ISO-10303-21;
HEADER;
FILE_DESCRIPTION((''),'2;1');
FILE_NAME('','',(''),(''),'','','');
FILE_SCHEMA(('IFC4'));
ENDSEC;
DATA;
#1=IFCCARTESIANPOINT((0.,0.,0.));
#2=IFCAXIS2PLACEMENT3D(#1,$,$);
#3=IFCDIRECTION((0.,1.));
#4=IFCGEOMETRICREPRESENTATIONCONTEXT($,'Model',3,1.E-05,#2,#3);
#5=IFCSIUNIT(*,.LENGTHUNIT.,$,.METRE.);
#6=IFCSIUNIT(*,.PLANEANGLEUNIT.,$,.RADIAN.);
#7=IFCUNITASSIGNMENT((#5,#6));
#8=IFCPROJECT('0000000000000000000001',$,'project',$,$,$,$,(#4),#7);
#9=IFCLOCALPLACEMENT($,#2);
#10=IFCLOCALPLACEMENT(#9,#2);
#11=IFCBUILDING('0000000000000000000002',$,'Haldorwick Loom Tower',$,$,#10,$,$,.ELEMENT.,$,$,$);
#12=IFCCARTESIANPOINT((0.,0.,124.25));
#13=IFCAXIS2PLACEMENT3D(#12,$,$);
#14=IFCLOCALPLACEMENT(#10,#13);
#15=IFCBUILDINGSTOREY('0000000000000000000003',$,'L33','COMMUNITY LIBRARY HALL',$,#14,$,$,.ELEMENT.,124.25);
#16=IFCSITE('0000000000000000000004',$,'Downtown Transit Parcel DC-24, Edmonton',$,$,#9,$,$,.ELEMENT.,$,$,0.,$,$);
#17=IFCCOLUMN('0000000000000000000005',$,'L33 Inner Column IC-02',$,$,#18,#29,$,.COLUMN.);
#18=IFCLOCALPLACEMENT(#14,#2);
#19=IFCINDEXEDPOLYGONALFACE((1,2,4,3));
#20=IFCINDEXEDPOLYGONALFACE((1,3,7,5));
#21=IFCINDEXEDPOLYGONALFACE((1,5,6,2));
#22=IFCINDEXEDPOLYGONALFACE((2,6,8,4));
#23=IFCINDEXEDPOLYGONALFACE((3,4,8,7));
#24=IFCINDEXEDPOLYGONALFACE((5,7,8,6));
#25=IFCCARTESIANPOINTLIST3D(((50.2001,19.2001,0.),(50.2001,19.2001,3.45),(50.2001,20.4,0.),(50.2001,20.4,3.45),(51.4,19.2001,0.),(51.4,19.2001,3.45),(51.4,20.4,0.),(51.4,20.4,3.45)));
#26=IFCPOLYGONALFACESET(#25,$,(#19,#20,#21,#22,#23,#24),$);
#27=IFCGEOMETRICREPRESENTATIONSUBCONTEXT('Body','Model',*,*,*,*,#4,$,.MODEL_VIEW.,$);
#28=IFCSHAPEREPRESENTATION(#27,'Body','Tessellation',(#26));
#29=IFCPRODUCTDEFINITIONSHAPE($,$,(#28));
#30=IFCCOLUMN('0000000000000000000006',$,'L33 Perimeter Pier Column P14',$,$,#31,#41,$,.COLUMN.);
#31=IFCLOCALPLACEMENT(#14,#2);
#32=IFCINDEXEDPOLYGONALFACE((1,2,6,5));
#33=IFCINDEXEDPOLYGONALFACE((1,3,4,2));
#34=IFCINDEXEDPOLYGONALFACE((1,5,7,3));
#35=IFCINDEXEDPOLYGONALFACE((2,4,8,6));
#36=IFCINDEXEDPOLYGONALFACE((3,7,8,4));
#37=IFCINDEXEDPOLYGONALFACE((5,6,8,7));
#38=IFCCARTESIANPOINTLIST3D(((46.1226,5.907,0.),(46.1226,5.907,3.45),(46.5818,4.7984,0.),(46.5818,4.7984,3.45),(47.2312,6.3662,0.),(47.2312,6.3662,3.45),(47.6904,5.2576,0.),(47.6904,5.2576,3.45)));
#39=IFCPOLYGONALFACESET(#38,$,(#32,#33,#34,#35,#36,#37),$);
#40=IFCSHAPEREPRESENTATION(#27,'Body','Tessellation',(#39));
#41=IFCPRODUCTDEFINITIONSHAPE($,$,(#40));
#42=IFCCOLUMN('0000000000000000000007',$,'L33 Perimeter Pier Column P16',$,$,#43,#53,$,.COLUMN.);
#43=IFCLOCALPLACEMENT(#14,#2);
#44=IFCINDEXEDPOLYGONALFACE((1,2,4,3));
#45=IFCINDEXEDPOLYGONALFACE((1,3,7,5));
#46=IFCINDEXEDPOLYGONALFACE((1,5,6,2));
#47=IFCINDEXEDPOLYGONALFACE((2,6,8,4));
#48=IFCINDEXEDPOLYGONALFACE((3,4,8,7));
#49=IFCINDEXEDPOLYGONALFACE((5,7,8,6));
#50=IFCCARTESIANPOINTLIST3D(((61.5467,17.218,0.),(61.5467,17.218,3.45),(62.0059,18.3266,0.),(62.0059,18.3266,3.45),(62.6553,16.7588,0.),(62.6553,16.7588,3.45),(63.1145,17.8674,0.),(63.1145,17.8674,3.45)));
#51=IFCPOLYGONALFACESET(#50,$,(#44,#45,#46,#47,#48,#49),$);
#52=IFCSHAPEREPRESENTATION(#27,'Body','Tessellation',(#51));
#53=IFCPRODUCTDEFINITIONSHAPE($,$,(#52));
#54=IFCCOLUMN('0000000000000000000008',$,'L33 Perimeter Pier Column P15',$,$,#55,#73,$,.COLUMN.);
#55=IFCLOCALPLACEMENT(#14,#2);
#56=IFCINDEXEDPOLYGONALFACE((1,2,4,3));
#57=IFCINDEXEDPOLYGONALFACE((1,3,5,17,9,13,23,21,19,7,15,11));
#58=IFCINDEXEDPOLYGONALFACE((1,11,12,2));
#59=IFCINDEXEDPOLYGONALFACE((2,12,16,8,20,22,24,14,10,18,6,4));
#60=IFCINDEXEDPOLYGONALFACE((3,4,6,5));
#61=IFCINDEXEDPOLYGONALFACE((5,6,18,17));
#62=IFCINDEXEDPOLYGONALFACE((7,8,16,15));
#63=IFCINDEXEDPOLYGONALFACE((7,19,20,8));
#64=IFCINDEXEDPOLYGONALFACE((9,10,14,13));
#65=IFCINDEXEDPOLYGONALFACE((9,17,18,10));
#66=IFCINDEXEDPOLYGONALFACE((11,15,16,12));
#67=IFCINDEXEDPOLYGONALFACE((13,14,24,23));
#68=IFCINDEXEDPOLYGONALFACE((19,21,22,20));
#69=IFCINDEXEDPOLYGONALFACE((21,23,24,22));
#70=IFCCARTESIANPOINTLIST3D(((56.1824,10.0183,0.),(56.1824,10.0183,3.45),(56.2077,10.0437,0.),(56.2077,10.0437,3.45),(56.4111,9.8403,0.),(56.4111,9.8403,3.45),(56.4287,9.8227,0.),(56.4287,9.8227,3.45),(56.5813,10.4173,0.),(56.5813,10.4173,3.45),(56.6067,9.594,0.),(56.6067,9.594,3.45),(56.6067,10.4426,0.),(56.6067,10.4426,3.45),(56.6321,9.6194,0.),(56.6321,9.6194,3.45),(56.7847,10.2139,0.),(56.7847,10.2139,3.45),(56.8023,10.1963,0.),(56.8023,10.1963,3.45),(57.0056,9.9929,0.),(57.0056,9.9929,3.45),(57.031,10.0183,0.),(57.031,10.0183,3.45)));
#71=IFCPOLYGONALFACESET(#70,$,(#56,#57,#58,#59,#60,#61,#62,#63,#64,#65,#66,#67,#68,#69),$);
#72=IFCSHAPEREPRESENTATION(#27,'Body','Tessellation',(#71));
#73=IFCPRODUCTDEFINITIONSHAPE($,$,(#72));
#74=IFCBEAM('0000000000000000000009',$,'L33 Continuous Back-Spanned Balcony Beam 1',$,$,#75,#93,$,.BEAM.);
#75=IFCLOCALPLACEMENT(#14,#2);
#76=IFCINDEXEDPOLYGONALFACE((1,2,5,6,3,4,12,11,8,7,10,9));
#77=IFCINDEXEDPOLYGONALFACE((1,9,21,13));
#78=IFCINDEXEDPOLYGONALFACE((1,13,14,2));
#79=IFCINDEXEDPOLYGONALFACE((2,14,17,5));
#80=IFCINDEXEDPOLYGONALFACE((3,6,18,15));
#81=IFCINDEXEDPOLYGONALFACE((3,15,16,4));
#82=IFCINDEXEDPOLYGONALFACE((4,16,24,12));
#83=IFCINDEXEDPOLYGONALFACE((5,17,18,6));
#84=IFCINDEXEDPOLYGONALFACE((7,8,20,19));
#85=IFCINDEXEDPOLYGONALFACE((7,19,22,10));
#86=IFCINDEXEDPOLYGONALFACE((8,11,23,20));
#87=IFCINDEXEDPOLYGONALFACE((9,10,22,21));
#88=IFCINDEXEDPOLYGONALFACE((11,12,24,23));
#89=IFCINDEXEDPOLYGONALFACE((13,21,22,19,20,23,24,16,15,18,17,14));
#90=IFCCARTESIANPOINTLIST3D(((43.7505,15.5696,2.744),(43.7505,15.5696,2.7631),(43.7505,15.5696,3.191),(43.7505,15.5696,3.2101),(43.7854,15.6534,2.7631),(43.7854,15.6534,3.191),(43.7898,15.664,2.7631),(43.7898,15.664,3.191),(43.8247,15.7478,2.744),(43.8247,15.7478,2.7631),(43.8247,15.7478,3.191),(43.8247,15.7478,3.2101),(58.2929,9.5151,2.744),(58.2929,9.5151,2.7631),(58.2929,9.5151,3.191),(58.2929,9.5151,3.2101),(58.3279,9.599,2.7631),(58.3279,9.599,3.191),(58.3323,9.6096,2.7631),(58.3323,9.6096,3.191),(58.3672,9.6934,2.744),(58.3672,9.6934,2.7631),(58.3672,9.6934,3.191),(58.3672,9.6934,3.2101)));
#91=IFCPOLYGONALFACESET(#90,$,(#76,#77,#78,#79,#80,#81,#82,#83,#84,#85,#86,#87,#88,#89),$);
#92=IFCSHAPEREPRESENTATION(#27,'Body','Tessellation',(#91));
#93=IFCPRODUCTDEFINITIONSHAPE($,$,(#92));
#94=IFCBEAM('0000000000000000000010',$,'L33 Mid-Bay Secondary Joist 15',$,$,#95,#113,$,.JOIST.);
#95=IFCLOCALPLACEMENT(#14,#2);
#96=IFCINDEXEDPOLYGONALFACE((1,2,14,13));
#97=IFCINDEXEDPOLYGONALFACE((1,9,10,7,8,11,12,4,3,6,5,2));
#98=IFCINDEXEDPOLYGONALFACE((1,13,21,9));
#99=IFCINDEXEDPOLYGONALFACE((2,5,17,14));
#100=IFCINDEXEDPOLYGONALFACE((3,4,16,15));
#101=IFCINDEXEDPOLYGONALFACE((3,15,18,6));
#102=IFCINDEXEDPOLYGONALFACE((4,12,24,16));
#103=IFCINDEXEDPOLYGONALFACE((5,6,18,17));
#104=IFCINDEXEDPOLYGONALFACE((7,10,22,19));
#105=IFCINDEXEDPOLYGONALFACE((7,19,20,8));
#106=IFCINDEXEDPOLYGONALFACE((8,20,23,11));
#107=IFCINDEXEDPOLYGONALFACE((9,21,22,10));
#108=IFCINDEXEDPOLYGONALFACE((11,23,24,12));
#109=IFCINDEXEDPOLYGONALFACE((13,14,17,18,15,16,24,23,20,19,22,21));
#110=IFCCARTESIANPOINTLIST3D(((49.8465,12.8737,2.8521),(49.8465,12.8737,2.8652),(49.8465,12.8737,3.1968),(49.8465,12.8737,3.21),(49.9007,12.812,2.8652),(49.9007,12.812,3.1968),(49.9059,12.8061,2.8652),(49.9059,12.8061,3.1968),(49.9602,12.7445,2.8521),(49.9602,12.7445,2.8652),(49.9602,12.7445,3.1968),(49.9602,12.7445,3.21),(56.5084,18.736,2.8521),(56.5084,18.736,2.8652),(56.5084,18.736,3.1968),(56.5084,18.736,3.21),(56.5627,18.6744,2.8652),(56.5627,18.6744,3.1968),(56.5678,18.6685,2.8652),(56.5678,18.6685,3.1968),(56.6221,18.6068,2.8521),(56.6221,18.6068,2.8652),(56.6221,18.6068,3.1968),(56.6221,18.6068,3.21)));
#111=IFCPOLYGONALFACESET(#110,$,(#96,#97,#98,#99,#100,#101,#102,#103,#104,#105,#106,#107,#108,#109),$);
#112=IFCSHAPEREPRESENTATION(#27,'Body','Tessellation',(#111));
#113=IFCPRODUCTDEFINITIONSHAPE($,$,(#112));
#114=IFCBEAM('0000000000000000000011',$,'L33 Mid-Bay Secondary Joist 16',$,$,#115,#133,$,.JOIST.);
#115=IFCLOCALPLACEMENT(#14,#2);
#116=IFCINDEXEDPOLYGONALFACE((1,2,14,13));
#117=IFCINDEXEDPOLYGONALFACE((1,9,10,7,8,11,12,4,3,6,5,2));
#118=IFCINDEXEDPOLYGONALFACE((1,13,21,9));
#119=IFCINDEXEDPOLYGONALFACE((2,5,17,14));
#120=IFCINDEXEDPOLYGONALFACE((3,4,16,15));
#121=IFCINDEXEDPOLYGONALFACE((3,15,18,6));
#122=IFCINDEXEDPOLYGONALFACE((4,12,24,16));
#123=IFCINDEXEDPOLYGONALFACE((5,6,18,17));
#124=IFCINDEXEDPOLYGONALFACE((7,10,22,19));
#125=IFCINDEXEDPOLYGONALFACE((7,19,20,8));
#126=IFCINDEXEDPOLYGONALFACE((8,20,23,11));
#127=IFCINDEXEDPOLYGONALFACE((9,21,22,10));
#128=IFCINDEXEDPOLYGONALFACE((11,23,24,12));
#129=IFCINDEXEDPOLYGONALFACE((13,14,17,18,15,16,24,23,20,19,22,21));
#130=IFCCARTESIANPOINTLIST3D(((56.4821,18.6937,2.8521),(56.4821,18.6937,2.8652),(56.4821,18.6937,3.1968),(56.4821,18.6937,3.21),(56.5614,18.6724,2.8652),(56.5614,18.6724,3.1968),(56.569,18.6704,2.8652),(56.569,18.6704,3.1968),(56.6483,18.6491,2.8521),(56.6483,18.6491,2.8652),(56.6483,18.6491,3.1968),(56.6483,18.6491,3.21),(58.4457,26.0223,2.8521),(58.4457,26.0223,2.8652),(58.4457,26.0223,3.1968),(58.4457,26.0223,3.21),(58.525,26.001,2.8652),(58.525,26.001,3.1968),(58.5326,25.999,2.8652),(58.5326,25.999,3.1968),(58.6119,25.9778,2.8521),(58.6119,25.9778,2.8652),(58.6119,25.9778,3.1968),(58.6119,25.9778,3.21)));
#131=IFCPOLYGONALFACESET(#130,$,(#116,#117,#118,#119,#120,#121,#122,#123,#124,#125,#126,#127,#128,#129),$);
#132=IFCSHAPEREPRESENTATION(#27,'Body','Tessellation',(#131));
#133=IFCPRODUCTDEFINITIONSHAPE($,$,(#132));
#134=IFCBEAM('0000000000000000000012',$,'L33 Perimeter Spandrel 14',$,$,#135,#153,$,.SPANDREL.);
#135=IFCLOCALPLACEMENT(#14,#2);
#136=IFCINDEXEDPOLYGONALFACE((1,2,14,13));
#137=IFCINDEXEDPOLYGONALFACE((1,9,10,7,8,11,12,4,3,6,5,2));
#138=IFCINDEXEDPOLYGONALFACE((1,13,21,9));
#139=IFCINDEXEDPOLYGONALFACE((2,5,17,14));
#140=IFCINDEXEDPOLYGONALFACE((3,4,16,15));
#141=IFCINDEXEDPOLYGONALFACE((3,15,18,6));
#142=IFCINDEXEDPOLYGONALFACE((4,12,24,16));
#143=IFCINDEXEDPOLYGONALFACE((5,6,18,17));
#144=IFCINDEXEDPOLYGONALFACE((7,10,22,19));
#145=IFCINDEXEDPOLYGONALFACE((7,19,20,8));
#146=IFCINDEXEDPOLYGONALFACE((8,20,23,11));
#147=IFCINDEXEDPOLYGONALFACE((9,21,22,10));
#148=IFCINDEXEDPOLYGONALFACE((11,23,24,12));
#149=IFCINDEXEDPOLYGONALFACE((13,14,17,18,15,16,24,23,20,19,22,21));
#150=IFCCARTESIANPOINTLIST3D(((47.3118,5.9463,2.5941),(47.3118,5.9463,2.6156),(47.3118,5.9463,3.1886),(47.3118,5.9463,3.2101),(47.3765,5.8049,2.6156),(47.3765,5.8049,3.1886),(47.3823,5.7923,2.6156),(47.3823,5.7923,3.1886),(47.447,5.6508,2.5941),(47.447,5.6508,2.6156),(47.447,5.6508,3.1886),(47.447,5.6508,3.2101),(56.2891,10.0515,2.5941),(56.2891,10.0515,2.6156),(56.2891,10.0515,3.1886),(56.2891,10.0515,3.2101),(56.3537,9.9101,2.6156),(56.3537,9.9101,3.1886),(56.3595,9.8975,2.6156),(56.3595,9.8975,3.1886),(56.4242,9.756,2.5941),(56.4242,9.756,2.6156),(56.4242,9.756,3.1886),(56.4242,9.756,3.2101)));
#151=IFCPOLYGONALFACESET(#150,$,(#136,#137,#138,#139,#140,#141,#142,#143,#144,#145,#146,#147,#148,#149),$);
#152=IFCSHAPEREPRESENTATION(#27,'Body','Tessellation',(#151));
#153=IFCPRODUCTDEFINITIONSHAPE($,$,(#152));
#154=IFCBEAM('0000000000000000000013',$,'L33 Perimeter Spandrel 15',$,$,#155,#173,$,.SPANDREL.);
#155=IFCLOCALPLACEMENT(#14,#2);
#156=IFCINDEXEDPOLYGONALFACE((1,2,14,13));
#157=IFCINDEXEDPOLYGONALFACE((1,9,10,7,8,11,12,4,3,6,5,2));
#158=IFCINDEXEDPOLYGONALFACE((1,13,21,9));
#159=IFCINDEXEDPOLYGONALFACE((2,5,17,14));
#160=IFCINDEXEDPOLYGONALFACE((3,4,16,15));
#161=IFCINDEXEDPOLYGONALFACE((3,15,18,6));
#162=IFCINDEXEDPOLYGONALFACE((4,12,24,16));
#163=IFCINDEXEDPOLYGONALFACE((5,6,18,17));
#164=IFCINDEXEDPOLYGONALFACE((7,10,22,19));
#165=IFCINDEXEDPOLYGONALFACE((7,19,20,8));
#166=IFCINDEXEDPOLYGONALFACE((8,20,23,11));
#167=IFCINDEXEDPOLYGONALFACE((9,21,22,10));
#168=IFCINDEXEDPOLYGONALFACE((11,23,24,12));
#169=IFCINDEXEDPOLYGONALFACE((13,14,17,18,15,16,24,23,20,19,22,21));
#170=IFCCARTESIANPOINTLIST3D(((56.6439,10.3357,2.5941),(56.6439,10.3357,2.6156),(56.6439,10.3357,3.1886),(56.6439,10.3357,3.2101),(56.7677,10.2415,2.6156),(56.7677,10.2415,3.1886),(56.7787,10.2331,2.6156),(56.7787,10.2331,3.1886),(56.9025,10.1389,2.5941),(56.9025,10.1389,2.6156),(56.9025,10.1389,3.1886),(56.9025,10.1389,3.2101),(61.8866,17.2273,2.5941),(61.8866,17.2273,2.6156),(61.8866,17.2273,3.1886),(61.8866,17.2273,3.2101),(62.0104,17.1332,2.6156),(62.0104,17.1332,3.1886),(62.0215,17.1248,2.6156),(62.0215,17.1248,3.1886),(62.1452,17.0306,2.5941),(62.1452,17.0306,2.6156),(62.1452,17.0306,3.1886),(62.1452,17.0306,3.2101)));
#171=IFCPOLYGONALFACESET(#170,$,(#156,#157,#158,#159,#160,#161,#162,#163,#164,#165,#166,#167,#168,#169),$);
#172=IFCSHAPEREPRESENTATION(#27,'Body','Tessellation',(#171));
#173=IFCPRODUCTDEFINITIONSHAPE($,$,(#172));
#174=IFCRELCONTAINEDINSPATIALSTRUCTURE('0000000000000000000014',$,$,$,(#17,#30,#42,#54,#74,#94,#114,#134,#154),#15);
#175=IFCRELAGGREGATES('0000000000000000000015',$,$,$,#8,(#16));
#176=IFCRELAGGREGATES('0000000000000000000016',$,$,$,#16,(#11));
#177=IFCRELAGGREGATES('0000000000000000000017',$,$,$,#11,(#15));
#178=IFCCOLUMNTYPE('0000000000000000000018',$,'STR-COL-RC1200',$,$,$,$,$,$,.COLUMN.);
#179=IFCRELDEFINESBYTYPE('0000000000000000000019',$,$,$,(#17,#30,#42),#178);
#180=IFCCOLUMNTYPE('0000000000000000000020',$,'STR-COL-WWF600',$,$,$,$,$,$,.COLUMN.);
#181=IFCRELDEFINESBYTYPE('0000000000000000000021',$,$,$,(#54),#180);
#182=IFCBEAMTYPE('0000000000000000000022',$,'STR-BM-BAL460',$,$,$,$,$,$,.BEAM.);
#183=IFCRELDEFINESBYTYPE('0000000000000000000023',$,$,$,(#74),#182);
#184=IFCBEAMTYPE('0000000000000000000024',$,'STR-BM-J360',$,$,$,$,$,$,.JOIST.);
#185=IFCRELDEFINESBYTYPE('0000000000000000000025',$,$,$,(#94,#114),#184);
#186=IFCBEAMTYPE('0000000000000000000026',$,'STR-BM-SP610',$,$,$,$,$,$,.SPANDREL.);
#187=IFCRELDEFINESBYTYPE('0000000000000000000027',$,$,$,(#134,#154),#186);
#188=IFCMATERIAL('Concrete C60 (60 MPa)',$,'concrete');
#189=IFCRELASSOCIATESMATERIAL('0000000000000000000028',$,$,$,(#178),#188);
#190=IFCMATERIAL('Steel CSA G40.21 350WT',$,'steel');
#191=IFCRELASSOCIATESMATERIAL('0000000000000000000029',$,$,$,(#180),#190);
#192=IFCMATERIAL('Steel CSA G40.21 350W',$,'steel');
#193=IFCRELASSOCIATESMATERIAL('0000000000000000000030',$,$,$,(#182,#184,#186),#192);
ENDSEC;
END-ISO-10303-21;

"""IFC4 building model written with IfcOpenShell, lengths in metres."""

from ifc_helpers import new_model, si_unit, direction, frame, origin, origin_2d, place, context, subcontext, project, spatial, rectangle, i_section, extrude, material, material_profile, profile_set, type_object, element, save


model = new_model("IFC4")

# Units and contexts
model_context = context("Model", 3, precision=1e-05, world=origin(), true_north=direction((0.0, 1.0)))
body_context = subcontext(model_context, "Body", "Model", "MODEL_VIEW")
ifc_project = project(units=[si_unit("LENGTHUNIT", "METRE"), si_unit("PLANEANGLEUNIT", "RADIAN")], contexts=[model_context])

# Site, building, storey
site_placement = place(None, origin())
site = spatial("IfcSite", under=ifc_project, at=site_placement, Name="Downtown Transit Parcel DC-24, Edmonton", CompositionType="ELEMENT", RefElevation=0.0)
building_placement = place(site_placement, origin())
building = spatial("IfcBuilding", under=site, at=building_placement, Name="Haldorwick Loom Tower", CompositionType="ELEMENT")
storey_placement = place(building_placement, frame((0.0, 0.0, 124.25)))
storey = spatial("IfcBuildingStorey", under=building, at=storey_placement, Name="L33", Description="COMMUNITY LIBRARY HALL", CompositionType="ELEMENT", Elevation=124.25)

# Columns
ifc_material_1 = material(Name="Concrete C60 (60 MPa)", Category="concrete")
ifc_material_profile_1 = material_profile(ifc_material_1, rectangle(XDim=1.2, YDim=1.2, at=origin_2d()), Name="RC1200X1200", Category="concrete")
ifc_profile_set_1 = profile_set([ifc_material_profile_1], Name="Concrete C60 (60 MPa)")
column_type_1 = type_object("IfcColumnType", Name="STR-COL-RC1200", PredefinedType="COLUMN", material=ifc_profile_set_1)
for number, where, z_axis, x_axis, name in (
    (1, (50.8, 19.8, 0.0), (0.0, 0.0, 1.0), (1.0, 0.0, 0.0), "L33 Inner Column IC-02"),
    (2, (46.9065, 5.5823, 0.0), (0.0, 0.0, 1.0), (0.382683, -0.92388, 0.0), "L33 Perimeter Pier Column P14"),
    (3, (62.3306, 17.5427, 0.0), (0.0, 0.0, 1.0), (0.92388, -0.382683, 0.0), "L33 Perimeter Pier Column P16"),
):
    element("IfcColumn", number, at=place(storey_placement, frame(where, z_axis=z_axis, x_axis=x_axis)), inside=storey, type_object=column_type_1, Name=name, PredefinedType="COLUMN", context=body_context, shape_type="SweptSolid", body=[
        extrude(rectangle(XDim=1.2, YDim=1.2, at=origin_2d()), origin(), (0.0, 0.0, 1.0), 3.45),
    ])
ifc_material_2 = material(Name="Steel CSA G40.21 350WT", Category="steel")
ifc_material_profile_2 = material_profile(ifc_material_2, i_section(OverallWidth=0.6001, OverallDepth=0.6001, WebThickness=0.0249, FlangeThickness=0.0359, at=origin_2d()), Name="WWF600X600", Category="steel")
ifc_profile_set_2 = profile_set([ifc_material_profile_2], Name="Steel CSA G40.21 350WT")
column_type_2 = type_object("IfcColumnType", Name="STR-COL-WWF600", PredefinedType="COLUMN", material=ifc_profile_set_2)
column_placement = place(storey_placement, frame((56.6067, 10.0183, 0.0), z_axis=(0.0, 0.0, 1.0), x_axis=(0.707107, -0.707107, 0.0)))
element("IfcColumn", 4, at=column_placement, inside=storey, type_object=column_type_2, Name="L33 Perimeter Pier Column P15", PredefinedType="COLUMN", context=body_context, shape_type="SweptSolid", body=[
    extrude(i_section(OverallWidth=0.6001, OverallDepth=0.6001, WebThickness=0.0249, FlangeThickness=0.0359, at=origin_2d()), origin(), (0.0, 0.0, 1.0), 3.45),
])

# Beams
ifc_material_3 = material(Name="Steel CSA G40.21 350W", Category="steel")
ifc_material_profile_3 = material_profile(ifc_material_3, i_section(OverallWidth=0.1931, OverallDepth=0.4661, WebThickness=0.0115, FlangeThickness=0.019, at=origin_2d()), Name="W460X97", Category="steel")
ifc_profile_set_3 = profile_set([ifc_material_profile_3], Name="Steel CSA G40.21 350W")
beam_type_1 = type_object("IfcBeamType", Name="STR-BM-BAL460", PredefinedType="BEAM", material=ifc_profile_set_3)
beam_1_placement = place(storey_placement, frame((43.7876, 15.6587, 2.9771), z_axis=(0.923188, -0.384349, 0.0), x_axis=(0.384349, 0.923188, 0.0)))
element("IfcBeam", 5, at=beam_1_placement, inside=storey, type_object=beam_type_1, Name="L33 Continuous Back-Spanned Balcony Beam 1", PredefinedType="BEAM", context=body_context, shape_type="SweptSolid", body=[
    extrude(i_section(OverallWidth=0.1931, OverallDepth=0.4661, WebThickness=0.0115, FlangeThickness=0.019, at=origin_2d()), origin(), (0.0, 0.0, 1.0), 15.7524),
])
ifc_material_profile_4 = material_profile(ifc_material_3, i_section(OverallWidth=0.1721, OverallDepth=0.3579, WebThickness=0.0078, FlangeThickness=0.0132, at=origin_2d()), Name="W360X57", Category="steel")
ifc_profile_set_4 = profile_set([ifc_material_profile_4], Name="Steel CSA G40.21 350W")
beam_type_2 = type_object("IfcBeamType", Name="STR-BM-J360", PredefinedType="JOIST", material=ifc_profile_set_4)
beam_2_placement = place(storey_placement, frame((49.9033, 12.8091, 3.031), z_axis=(0.750721, 0.660619, 0.0), x_axis=(-0.660619, 0.750721, 0.0)))
element("IfcBeam", 6, at=beam_2_placement, inside=storey, type_object=beam_type_2, Name="L33 Mid-Bay Secondary Joist 15", PredefinedType="JOIST", context=body_context, shape_type="SweptSolid", body=[
    extrude(i_section(OverallWidth=0.1721, OverallDepth=0.3579, WebThickness=0.0078, FlangeThickness=0.0132, at=origin_2d()), origin(), (0.0, 0.0, 1.0), 8.874),
])
beam_3_placement = place(storey_placement, frame((56.5652, 18.6714, 3.031), z_axis=(0.25881, 0.965928, 0.0), x_axis=(-0.965928, 0.25881, 0.0)))
element("IfcBeam", 7, at=beam_3_placement, inside=storey, type_object=beam_type_2, Name="L33 Mid-Bay Secondary Joist 16", PredefinedType="JOIST", context=body_context, shape_type="SweptSolid", body=[
    extrude(i_section(OverallWidth=0.1721, OverallDepth=0.3579, WebThickness=0.0078, FlangeThickness=0.0132, at=origin_2d()), origin(), (0.0, 0.0, 1.0), 7.5872),
])
ifc_material_profile_5 = material_profile(ifc_material_3, i_section(OverallWidth=0.325, OverallDepth=0.616, WebThickness=0.0139, FlangeThickness=0.0215, at=origin_2d()), Name="W610X174", Category="steel")
ifc_profile_set_5 = profile_set([ifc_material_profile_5], Name="Steel CSA G40.21 350W")
beam_type_3 = type_object("IfcBeamType", Name="STR-BM-SP610", PredefinedType="SPANDREL", material=ifc_profile_set_5)
beam_4_placement = place(storey_placement, frame((47.3794, 5.7986, 2.9021), z_axis=(0.909424, 0.41587, 0.0), x_axis=(-0.41587, 0.909424, 0.0)))
element("IfcBeam", 8, at=beam_4_placement, inside=storey, type_object=beam_type_3, Name="L33 Perimeter Spandrel 14", PredefinedType="SPANDREL", context=body_context, shape_type="SweptSolid", body=[
    extrude(i_section(OverallWidth=0.325, OverallDepth=0.616, WebThickness=0.0139, FlangeThickness=0.0215, at=origin_2d()), origin(), (0.0, 0.0, 1.0), 9.8713),
])
beam_5_placement = place(storey_placement, frame((56.7732, 10.2373, 2.9021), z_axis=(0.605454, 0.795881, 0.0), x_axis=(-0.795881, 0.605454, 0.0)))
element("IfcBeam", 9, at=beam_5_placement, inside=storey, type_object=beam_type_3, Name="L33 Perimeter Spandrel 15", PredefinedType="SPANDREL", context=body_context, shape_type="SweptSolid", body=[
    extrude(i_section(OverallWidth=0.325, OverallDepth=0.616, WebThickness=0.0139, FlangeThickness=0.0215, at=origin_2d()), origin(), (0.0, 0.0, 1.0), 8.6592),
])

save(model, "model.ifc")
